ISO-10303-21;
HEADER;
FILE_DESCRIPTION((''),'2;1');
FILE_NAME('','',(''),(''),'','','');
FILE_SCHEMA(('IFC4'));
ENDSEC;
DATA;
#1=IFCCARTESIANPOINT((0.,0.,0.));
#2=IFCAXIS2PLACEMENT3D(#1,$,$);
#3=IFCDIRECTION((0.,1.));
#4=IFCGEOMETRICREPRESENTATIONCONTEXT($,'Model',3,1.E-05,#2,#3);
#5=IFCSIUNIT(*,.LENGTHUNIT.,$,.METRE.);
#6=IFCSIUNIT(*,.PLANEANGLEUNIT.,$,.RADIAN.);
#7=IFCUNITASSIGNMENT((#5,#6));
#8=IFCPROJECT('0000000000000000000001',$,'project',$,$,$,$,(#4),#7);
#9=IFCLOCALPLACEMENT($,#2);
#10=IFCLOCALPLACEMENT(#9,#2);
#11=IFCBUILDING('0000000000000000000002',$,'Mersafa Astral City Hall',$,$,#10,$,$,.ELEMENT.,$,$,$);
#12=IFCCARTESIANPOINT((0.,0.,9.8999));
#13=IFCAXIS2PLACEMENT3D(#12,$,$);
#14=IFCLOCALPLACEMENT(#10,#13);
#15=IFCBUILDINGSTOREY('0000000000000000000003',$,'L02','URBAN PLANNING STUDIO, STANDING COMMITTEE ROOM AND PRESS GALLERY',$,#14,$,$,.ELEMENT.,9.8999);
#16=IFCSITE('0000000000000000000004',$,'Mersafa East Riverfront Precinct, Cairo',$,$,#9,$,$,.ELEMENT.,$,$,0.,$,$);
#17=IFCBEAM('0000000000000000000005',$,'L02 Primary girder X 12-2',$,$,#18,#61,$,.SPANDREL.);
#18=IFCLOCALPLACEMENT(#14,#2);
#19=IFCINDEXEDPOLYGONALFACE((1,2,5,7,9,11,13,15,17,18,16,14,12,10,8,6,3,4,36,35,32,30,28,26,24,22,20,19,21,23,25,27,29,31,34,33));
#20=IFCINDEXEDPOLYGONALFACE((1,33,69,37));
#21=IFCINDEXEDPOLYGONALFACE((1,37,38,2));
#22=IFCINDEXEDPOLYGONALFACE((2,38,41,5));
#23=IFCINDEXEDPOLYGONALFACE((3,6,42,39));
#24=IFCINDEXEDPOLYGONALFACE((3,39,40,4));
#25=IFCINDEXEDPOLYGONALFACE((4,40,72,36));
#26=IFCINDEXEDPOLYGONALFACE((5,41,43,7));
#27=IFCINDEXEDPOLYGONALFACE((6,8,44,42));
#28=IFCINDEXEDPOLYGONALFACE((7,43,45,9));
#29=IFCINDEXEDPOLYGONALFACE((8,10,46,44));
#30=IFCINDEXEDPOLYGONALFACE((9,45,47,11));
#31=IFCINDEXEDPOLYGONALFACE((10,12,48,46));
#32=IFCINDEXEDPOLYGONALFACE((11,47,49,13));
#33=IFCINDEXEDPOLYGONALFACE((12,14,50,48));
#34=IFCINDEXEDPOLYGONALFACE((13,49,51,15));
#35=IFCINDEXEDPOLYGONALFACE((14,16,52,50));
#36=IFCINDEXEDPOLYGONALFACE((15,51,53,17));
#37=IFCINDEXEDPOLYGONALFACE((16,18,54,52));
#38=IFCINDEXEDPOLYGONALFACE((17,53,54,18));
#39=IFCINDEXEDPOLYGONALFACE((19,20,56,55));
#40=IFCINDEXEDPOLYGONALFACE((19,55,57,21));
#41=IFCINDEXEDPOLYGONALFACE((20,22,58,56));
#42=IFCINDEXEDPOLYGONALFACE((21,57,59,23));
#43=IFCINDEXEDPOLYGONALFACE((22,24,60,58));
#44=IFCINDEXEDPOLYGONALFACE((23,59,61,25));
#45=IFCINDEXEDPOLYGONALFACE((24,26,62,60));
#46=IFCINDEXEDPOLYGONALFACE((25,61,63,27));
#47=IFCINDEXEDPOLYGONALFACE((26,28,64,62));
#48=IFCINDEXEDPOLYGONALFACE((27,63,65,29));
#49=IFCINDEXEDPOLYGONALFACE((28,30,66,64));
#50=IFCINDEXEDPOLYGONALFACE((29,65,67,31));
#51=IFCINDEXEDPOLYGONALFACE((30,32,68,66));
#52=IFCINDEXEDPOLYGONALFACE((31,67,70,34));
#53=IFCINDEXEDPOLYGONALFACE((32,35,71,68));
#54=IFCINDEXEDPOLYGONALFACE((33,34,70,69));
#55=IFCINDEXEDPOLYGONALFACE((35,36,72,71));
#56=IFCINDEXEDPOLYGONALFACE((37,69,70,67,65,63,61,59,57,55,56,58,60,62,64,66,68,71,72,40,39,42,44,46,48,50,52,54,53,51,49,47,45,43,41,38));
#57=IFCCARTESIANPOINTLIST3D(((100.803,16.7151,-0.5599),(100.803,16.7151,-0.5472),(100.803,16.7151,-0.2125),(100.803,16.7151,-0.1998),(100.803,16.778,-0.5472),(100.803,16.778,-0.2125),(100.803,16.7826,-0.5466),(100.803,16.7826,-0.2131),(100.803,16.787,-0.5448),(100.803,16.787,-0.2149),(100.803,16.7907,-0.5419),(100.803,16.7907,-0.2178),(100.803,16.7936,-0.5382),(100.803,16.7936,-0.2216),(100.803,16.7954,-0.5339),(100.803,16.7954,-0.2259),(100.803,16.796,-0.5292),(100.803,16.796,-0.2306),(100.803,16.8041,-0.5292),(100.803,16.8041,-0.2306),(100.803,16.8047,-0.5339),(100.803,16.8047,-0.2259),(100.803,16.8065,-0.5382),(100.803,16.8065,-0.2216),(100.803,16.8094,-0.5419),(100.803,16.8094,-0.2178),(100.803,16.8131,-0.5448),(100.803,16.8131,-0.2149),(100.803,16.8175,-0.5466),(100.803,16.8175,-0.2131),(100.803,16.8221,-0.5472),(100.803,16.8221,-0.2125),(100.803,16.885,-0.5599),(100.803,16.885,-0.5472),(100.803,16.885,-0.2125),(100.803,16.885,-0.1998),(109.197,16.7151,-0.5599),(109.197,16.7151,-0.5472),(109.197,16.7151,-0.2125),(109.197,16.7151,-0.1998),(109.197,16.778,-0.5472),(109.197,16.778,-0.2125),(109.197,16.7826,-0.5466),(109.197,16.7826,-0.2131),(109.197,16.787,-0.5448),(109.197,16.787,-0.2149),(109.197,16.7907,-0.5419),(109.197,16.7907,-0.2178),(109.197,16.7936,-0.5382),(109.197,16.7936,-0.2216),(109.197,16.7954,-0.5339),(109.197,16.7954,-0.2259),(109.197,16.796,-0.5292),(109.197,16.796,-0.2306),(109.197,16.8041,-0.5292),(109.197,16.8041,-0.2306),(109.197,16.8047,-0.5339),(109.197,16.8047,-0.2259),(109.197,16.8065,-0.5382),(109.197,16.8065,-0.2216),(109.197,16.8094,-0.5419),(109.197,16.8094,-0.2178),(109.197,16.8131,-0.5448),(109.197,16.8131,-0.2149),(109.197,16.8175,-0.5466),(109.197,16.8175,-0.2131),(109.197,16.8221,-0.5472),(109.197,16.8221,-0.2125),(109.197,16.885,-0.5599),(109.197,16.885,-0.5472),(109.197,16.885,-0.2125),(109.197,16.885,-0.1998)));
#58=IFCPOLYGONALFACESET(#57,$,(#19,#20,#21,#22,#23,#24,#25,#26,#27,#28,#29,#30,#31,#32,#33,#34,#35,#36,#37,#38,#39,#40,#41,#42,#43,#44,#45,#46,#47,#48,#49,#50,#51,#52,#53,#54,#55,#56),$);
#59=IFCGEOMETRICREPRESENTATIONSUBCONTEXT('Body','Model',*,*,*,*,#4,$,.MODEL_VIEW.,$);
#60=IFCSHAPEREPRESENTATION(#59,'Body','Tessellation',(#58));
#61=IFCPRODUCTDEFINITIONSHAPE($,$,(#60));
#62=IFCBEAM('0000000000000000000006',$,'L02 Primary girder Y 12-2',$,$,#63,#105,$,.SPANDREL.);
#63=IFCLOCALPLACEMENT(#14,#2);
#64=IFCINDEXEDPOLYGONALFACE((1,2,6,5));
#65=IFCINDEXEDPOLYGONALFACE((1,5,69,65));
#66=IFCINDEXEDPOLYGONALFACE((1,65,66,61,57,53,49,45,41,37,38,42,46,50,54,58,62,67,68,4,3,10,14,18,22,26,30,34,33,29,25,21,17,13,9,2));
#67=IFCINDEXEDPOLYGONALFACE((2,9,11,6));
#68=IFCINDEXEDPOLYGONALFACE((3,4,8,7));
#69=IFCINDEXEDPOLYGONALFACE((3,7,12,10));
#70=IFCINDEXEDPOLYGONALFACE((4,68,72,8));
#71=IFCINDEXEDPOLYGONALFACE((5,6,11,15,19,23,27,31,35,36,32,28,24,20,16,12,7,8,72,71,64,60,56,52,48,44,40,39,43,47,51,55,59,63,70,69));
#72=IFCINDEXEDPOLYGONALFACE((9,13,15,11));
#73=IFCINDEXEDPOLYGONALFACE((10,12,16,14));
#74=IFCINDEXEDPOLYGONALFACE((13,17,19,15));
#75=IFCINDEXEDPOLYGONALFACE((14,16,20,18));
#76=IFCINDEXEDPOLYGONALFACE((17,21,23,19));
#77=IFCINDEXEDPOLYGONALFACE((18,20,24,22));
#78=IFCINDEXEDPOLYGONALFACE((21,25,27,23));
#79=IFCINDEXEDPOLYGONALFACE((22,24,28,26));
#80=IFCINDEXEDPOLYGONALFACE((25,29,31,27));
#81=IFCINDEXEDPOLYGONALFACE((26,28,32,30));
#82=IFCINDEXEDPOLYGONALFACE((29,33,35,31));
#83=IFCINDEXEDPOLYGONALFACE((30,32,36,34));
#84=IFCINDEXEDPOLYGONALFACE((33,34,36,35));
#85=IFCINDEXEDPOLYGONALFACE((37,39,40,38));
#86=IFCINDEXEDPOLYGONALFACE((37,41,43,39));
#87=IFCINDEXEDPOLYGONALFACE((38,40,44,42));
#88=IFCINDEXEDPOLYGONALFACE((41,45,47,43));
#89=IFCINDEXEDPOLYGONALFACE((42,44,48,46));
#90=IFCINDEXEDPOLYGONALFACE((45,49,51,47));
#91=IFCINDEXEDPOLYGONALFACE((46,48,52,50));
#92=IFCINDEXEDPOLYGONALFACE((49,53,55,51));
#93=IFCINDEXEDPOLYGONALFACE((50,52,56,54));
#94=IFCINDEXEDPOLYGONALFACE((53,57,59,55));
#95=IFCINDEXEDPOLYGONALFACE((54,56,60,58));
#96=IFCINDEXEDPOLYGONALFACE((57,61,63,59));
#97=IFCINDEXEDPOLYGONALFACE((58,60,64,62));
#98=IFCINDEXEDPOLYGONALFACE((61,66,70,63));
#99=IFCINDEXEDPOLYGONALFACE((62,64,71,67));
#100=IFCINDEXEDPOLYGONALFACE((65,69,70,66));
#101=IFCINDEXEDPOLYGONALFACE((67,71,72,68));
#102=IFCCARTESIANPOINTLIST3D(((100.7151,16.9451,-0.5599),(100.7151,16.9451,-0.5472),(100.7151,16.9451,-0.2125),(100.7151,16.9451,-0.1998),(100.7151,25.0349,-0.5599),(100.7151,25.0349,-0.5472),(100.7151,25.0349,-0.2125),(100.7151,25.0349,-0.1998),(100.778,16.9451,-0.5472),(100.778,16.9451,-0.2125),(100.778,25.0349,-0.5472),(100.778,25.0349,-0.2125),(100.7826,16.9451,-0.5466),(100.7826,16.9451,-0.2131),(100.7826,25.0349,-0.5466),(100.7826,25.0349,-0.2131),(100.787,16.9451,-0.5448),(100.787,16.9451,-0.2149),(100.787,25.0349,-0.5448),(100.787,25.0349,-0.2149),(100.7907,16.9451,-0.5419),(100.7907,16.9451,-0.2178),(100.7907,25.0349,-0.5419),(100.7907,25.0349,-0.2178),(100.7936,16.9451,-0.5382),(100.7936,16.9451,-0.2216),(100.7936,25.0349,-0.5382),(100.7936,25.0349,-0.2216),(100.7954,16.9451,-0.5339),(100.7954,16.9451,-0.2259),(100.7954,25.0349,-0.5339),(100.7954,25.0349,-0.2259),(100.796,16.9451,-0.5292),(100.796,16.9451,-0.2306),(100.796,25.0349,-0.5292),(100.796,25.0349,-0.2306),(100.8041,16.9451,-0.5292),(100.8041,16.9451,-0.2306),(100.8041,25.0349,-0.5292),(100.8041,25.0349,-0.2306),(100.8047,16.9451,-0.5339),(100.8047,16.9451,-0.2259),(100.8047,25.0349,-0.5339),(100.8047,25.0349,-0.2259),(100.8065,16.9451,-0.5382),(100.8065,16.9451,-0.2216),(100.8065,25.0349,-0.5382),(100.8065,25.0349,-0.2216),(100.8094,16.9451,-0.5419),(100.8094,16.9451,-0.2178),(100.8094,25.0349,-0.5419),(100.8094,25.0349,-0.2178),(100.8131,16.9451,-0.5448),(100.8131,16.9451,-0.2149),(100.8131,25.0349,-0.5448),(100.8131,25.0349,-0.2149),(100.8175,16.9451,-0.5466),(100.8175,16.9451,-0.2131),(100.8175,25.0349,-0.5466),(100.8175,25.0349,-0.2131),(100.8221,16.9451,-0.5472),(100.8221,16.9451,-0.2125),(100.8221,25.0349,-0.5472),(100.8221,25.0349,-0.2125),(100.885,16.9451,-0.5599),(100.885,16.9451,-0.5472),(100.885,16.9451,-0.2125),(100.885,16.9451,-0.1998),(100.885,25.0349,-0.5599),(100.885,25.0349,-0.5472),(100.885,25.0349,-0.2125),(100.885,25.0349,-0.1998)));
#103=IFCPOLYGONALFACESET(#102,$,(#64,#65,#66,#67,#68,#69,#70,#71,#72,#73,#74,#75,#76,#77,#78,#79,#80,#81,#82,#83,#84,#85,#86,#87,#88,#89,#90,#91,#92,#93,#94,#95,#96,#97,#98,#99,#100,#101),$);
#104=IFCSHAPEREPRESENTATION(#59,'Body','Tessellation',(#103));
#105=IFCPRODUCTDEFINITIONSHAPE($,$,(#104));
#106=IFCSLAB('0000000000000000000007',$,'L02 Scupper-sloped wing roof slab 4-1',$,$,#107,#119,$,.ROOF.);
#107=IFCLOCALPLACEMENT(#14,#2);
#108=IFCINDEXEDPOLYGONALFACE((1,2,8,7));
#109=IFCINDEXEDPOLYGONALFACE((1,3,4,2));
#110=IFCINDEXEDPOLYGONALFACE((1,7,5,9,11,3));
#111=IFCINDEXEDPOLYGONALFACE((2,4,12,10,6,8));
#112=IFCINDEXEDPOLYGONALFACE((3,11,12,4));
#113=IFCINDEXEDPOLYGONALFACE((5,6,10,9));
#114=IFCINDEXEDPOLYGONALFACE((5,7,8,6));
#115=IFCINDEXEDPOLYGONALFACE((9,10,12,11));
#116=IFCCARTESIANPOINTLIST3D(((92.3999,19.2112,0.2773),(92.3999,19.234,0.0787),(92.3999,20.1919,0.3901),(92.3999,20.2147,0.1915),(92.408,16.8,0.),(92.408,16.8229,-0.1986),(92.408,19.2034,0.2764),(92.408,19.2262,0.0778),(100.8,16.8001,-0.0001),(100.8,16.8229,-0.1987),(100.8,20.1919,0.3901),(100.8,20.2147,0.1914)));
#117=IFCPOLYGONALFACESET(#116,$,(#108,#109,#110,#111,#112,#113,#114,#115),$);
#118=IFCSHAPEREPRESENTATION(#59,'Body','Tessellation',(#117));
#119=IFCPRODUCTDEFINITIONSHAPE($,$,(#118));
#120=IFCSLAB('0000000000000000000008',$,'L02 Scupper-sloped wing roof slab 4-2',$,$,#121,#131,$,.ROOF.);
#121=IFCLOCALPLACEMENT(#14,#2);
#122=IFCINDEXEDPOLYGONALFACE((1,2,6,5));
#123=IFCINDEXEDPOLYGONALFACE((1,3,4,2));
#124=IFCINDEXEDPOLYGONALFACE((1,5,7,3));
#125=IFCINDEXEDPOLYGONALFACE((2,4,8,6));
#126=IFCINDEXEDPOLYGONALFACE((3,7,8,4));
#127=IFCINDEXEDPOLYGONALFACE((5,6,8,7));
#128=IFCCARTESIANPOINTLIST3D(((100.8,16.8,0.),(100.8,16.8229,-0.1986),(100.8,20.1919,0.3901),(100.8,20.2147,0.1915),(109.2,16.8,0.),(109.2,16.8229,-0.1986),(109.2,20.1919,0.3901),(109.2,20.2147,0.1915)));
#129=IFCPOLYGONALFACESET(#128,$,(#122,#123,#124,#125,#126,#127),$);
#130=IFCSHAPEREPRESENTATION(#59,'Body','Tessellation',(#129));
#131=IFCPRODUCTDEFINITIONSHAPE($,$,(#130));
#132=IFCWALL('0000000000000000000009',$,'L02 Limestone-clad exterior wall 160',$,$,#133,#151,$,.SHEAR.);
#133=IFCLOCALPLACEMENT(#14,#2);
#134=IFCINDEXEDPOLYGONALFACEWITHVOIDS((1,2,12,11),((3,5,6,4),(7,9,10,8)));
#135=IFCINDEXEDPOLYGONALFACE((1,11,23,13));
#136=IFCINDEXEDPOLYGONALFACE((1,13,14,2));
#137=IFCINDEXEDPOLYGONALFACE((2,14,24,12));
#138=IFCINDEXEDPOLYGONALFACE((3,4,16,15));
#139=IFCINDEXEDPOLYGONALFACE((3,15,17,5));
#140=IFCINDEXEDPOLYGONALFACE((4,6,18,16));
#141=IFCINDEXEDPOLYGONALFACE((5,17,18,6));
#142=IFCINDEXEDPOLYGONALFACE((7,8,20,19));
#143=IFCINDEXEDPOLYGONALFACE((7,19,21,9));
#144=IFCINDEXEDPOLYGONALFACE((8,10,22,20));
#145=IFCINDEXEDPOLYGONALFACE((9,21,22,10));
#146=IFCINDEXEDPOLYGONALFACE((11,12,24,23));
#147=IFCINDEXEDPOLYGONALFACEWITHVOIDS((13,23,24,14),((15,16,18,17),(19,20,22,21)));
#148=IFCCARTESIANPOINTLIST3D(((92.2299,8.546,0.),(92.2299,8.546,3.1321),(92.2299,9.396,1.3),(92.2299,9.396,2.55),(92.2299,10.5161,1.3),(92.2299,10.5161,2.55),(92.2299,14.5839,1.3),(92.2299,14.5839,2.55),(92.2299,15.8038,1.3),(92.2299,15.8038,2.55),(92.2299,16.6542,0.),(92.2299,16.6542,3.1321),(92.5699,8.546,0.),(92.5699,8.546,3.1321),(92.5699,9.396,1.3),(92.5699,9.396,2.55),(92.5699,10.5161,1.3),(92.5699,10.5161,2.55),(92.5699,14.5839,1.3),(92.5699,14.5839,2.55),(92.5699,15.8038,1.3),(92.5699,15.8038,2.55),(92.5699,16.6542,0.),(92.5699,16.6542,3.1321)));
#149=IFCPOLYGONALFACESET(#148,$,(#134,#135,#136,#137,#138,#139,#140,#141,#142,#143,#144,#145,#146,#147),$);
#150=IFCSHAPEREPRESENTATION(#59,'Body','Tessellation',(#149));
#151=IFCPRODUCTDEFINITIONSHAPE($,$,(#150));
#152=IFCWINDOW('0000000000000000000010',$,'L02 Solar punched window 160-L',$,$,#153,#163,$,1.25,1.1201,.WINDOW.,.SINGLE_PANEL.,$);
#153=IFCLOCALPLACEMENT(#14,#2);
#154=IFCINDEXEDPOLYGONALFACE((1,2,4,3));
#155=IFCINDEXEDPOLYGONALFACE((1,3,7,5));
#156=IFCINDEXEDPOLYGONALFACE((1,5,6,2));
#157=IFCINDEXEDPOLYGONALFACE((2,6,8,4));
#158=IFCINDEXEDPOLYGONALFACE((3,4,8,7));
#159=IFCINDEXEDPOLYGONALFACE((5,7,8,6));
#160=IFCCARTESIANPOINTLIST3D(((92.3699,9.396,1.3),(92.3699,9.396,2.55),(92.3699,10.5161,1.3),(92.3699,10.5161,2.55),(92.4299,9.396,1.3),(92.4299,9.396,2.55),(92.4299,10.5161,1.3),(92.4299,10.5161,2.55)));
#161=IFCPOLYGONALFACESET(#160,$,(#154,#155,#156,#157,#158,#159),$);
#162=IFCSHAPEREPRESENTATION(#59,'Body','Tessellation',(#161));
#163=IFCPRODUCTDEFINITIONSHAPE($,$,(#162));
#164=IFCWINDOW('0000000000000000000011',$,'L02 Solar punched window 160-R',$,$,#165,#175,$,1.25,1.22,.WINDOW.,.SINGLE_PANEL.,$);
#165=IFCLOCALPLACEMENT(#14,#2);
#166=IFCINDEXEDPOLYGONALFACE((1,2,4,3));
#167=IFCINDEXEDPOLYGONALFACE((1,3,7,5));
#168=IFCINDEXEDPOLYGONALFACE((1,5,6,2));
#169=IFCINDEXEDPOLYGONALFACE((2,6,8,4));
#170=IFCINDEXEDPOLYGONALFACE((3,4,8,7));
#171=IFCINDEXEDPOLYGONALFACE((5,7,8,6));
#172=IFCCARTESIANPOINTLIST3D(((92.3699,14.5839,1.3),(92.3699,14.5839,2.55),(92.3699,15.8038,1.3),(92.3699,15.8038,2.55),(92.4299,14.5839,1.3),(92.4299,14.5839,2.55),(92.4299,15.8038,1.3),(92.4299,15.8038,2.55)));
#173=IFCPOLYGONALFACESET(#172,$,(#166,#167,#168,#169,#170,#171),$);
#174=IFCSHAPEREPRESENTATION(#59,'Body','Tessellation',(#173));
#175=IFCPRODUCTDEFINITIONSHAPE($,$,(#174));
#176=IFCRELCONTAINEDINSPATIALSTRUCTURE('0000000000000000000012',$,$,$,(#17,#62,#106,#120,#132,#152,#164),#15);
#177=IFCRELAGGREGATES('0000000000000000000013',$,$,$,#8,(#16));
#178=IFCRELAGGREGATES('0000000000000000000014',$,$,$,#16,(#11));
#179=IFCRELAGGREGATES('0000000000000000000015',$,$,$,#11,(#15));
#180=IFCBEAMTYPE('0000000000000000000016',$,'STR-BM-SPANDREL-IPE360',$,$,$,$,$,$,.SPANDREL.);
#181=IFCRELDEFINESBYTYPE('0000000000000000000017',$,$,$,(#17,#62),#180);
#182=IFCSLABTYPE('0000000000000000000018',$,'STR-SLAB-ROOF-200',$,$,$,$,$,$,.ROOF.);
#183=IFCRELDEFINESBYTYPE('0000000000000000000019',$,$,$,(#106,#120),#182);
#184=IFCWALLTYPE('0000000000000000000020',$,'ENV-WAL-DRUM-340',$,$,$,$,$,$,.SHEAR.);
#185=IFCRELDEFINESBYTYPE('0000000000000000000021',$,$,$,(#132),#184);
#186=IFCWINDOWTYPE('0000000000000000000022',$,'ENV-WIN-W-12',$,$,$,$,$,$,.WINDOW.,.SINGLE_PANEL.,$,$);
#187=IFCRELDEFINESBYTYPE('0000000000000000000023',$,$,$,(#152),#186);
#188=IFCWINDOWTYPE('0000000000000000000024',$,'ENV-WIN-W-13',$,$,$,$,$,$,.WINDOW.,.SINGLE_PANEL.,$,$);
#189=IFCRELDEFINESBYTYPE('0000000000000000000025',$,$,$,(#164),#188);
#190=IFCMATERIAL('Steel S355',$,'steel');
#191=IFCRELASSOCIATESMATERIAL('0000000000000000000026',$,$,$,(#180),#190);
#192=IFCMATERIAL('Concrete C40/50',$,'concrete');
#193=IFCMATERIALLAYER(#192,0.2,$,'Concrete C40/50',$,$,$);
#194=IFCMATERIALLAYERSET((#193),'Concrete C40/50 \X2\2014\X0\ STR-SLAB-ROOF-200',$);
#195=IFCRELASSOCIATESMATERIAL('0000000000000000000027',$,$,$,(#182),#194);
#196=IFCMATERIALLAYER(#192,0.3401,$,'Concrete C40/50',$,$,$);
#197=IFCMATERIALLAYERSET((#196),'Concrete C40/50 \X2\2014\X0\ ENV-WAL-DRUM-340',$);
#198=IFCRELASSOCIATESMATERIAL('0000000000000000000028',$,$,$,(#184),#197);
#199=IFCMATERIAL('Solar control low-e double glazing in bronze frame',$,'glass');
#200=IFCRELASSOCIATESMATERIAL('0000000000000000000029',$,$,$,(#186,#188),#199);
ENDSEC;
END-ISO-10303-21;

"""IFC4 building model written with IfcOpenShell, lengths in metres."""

from ifc_helpers import new_model, si_unit, direction, frame, frame_2d, origin, origin_2d, place, context, subcontext, project, spatial, polyline, rectangle, i_section, outline, extrude, material, layer, layer_set, material_profile, profile_set, type_object, element, fill, save


model = new_model("IFC4")

# Units and contexts
model_context = context("Model", 3, precision=1e-05, world=origin(), true_north=direction((0.0, 1.0)))
body_context = subcontext(model_context, "Body", "Model", "MODEL_VIEW")
ifc_project = project(units=[si_unit("LENGTHUNIT", "METRE"), si_unit("PLANEANGLEUNIT", "RADIAN")], contexts=[model_context])

# Site, building, storey
site_placement = place(None, origin())
site = spatial("IfcSite", under=ifc_project, at=site_placement, Name="Mersafa East Riverfront Precinct, Cairo", CompositionType="ELEMENT", RefElevation=0.0)
building_placement = place(site_placement, origin())
building = spatial("IfcBuilding", under=site, at=building_placement, Name="Mersafa Astral City Hall", CompositionType="ELEMENT")
storey_placement = place(building_placement, frame((0.0, 0.0, 9.8999)))
storey = spatial("IfcBuildingStorey", under=building, at=storey_placement, Name="L02", Description="URBAN PLANNING STUDIO, STANDING COMMITTEE ROOM AND PRESS GALLERY", CompositionType="ELEMENT", Elevation=9.8999)

# Shared definitions
ifc_material_1 = material(Name="Steel S355", Category="steel")
ifc_material_2 = material(Name="Concrete C40/50", Category="concrete")

# Beams
ifc_material_profile_1 = material_profile(ifc_material_1, i_section(OverallWidth=0.1699, OverallDepth=0.3601, WebThickness=0.0081, FlangeThickness=0.0127, FilletRadius=0.0181, at=origin_2d()), Name="IPE 360")
ifc_profile_set_1 = profile_set([ifc_material_profile_1], Name="Steel S355")
beam_type_1 = type_object("IfcBeamType", Name="STR-BM-SPANDREL-IPE360", PredefinedType="SPANDREL", material=ifc_profile_set_1)
beam_1_placement = place(storey_placement, frame((100.803, 16.8, -0.3799), z_axis=(1.0, 0.0, 0.0), x_axis=(0.0, 1.0, 0.0)))
element("IfcBeam", 1, at=beam_1_placement, inside=storey, type_object=beam_type_1, Name="L02 Primary girder X 12-2", PredefinedType="SPANDREL", context=body_context, shape_type="SweptSolid", body=[
    extrude(i_section(OverallWidth=0.1699, OverallDepth=0.3601, WebThickness=0.0081, FlangeThickness=0.0127, FilletRadius=0.0181, at=origin_2d()), origin(), (0.0, 0.0, 1.0), 8.394),
])
beam_2_placement = place(storey_placement, frame((100.8, 16.9451, -0.3799), z_axis=(0.0, 1.0, 0.0), x_axis=(-1.0, 0.0, 0.0)))
element("IfcBeam", 2, at=beam_2_placement, inside=storey, type_object=beam_type_1, Name="L02 Primary girder Y 12-2", PredefinedType="SPANDREL", context=body_context, shape_type="SweptSolid", body=[
    extrude(i_section(OverallWidth=0.1699, OverallDepth=0.3601, WebThickness=0.0081, FlangeThickness=0.0127, FilletRadius=0.0181, at=origin_2d()), origin(), (0.0, 0.0, 1.0), 8.0898),
])

# Slabs
ifc_layer_1 = layer(ifc_material_2, 0.2, Name="Concrete C40/50")
ifc_layer_set_1 = layer_set([ifc_layer_1], Name="Concrete C40/50 — STR-SLAB-ROOF-200")
slab_type = type_object("IfcSlabType", Name="STR-SLAB-ROOF-200", PredefinedType="ROOF", material=ifc_layer_set_1)
slab_1_placement = place(storey_placement, frame((92.408, 16.8, 0.0), z_axis=(0.000008, -0.114269, 0.99345), x_axis=(1.0, 0.000001, -0.000008)))
element("IfcSlab", 3, at=slab_1_placement, inside=storey, type_object=slab_type, Name="L02 Scupper-sloped wing roof slab 4-1", PredefinedType="ROOF", context=body_context, shape_type="SweptSolid", body=[
    extrude(outline(polyline([(0.0, 0.0), (8.3921, 0.0), (8.3921, 3.4142), (-0.0081, 3.4142), (-0.0081, 2.427), (0.0, 2.4192), (0.0, 0.0)])), origin(), (0.0, 0.0, -1.0), 0.2),
])
slab_2_placement = place(storey_placement, frame((100.8, 16.8, 0.0), z_axis=(0.0, -0.114269, 0.99345), x_axis=(1.0, 0.0, 0.0)))
element("IfcSlab", 4, at=slab_2_placement, inside=storey, type_object=slab_type, Name="L02 Scupper-sloped wing roof slab 4-2", PredefinedType="ROOF", context=body_context, shape_type="SweptSolid", body=[
    extrude(outline(polyline([(0.0, 0.0), (8.3999, 0.0), (8.3999, 3.4142), (0.0, 3.4142), (0.0, 0.0)])), origin(), (0.0, 0.0, -1.0), 0.2),
])

# Shared definitions
ifc_layer_2 = layer(ifc_material_2, 0.3401, Name="Concrete C40/50")
ifc_layer_set_2 = layer_set([ifc_layer_2], Name="Concrete C40/50 — ENV-WAL-DRUM-340")
wall_type_1 = type_object("IfcWallType", Name="ENV-WAL-DRUM-340", PredefinedType="SHEAR", material=ifc_layer_set_2)

# Wall, openings, windows
wall_1_placement = place(storey_placement, frame((92.3999, 8.5459, 0.0), z_axis=(0.0, 0.0, 1.0), x_axis=(0.0, 1.0, 0.0)))
wall_1 = element("IfcWall", 5, at=wall_1_placement, inside=storey, type_object=wall_type_1, Name="L02 Limestone-clad exterior wall 160", PredefinedType="SHEAR", context=body_context, shape_type="SweptSolid", body=[
    extrude(rectangle(XDim=8.1082, YDim=0.3401, at=frame_2d((4.0542, 0.0))), origin(), (0.0, 0.0, 1.0), 3.1321),
])
opening_1_placement = place(wall_1_placement, frame((0.8501, 0.0, 1.3)))
opening_1 = element("IfcOpeningElement", 6, at=opening_1_placement, cuts=wall_1, PredefinedType="OPENING", context=body_context, shape_type="SweptSolid", body=[
    extrude(rectangle(XDim=1.1201, YDim=1.25, at=frame_2d((0.5601, 0.625))), frame((0.0, 0.1799, 0.0), z_axis=(0.0, -1.0, 0.0), x_axis=(1.0, 0.0, 0.0)), (0.0, 0.0, 1.0), 0.3601),
])
opening_2_placement = place(wall_1_placement, frame((6.0381, 0.0, 1.3)))
opening_2 = element("IfcOpeningElement", 7, at=opening_2_placement, cuts=wall_1, PredefinedType="OPENING", context=body_context, shape_type="SweptSolid", body=[
    extrude(rectangle(XDim=1.22, YDim=1.25, at=frame_2d((0.6099, 0.625))), frame((0.0, 0.1799, 0.0), z_axis=(0.0, -1.0, 0.0), x_axis=(1.0, 0.0, 0.0)), (0.0, 0.0, 1.0), 0.3601),
])
ifc_material_3 = material(Name="Solar control low-e double glazing in bronze frame", Category="glass")
window_type_1 = type_object("IfcWindowType", Name="ENV-WIN-W-12", PartitioningType="SINGLE_PANEL", PredefinedType="WINDOW", material=ifc_material_3)
window_1_placement = place(opening_1_placement, origin())
window_1 = element("IfcWindow", 8, at=window_1_placement, inside=storey, type_object=window_type_1, Name="L02 Solar punched window 160-L", OverallHeight=1.25, OverallWidth=1.1201, PartitioningType="SINGLE_PANEL", PredefinedType="WINDOW", context=body_context, shape_type="SweptSolid", body=[
    extrude(rectangle(XDim=1.1201, YDim=1.25, at=frame_2d((0.5601, 0.625))), frame((0.0, 0.03, 0.0), z_axis=(0.0, -1.0, 0.0), x_axis=(1.0, 0.0, 0.0)), (0.0, 0.0, 1.0), 0.0601),
])
fill(opening_1, window_1)
window_type_2 = type_object("IfcWindowType", Name="ENV-WIN-W-13", PartitioningType="SINGLE_PANEL", PredefinedType="WINDOW", material=ifc_material_3)
window_2_placement = place(opening_2_placement, origin())
window_2 = element("IfcWindow", 9, at=window_2_placement, inside=storey, type_object=window_type_2, Name="L02 Solar punched window 160-R", OverallHeight=1.25, OverallWidth=1.22, PartitioningType="SINGLE_PANEL", PredefinedType="WINDOW", context=body_context, shape_type="SweptSolid", body=[
    extrude(rectangle(XDim=1.22, YDim=1.25, at=frame_2d((0.6099, 0.625))), frame((0.0, 0.03, 0.0), z_axis=(0.0, -1.0, 0.0), x_axis=(1.0, 0.0, 0.0)), (0.0, 0.0, 1.0), 0.0601),
])
fill(opening_2, window_2)

save(model, "model.ifc")
